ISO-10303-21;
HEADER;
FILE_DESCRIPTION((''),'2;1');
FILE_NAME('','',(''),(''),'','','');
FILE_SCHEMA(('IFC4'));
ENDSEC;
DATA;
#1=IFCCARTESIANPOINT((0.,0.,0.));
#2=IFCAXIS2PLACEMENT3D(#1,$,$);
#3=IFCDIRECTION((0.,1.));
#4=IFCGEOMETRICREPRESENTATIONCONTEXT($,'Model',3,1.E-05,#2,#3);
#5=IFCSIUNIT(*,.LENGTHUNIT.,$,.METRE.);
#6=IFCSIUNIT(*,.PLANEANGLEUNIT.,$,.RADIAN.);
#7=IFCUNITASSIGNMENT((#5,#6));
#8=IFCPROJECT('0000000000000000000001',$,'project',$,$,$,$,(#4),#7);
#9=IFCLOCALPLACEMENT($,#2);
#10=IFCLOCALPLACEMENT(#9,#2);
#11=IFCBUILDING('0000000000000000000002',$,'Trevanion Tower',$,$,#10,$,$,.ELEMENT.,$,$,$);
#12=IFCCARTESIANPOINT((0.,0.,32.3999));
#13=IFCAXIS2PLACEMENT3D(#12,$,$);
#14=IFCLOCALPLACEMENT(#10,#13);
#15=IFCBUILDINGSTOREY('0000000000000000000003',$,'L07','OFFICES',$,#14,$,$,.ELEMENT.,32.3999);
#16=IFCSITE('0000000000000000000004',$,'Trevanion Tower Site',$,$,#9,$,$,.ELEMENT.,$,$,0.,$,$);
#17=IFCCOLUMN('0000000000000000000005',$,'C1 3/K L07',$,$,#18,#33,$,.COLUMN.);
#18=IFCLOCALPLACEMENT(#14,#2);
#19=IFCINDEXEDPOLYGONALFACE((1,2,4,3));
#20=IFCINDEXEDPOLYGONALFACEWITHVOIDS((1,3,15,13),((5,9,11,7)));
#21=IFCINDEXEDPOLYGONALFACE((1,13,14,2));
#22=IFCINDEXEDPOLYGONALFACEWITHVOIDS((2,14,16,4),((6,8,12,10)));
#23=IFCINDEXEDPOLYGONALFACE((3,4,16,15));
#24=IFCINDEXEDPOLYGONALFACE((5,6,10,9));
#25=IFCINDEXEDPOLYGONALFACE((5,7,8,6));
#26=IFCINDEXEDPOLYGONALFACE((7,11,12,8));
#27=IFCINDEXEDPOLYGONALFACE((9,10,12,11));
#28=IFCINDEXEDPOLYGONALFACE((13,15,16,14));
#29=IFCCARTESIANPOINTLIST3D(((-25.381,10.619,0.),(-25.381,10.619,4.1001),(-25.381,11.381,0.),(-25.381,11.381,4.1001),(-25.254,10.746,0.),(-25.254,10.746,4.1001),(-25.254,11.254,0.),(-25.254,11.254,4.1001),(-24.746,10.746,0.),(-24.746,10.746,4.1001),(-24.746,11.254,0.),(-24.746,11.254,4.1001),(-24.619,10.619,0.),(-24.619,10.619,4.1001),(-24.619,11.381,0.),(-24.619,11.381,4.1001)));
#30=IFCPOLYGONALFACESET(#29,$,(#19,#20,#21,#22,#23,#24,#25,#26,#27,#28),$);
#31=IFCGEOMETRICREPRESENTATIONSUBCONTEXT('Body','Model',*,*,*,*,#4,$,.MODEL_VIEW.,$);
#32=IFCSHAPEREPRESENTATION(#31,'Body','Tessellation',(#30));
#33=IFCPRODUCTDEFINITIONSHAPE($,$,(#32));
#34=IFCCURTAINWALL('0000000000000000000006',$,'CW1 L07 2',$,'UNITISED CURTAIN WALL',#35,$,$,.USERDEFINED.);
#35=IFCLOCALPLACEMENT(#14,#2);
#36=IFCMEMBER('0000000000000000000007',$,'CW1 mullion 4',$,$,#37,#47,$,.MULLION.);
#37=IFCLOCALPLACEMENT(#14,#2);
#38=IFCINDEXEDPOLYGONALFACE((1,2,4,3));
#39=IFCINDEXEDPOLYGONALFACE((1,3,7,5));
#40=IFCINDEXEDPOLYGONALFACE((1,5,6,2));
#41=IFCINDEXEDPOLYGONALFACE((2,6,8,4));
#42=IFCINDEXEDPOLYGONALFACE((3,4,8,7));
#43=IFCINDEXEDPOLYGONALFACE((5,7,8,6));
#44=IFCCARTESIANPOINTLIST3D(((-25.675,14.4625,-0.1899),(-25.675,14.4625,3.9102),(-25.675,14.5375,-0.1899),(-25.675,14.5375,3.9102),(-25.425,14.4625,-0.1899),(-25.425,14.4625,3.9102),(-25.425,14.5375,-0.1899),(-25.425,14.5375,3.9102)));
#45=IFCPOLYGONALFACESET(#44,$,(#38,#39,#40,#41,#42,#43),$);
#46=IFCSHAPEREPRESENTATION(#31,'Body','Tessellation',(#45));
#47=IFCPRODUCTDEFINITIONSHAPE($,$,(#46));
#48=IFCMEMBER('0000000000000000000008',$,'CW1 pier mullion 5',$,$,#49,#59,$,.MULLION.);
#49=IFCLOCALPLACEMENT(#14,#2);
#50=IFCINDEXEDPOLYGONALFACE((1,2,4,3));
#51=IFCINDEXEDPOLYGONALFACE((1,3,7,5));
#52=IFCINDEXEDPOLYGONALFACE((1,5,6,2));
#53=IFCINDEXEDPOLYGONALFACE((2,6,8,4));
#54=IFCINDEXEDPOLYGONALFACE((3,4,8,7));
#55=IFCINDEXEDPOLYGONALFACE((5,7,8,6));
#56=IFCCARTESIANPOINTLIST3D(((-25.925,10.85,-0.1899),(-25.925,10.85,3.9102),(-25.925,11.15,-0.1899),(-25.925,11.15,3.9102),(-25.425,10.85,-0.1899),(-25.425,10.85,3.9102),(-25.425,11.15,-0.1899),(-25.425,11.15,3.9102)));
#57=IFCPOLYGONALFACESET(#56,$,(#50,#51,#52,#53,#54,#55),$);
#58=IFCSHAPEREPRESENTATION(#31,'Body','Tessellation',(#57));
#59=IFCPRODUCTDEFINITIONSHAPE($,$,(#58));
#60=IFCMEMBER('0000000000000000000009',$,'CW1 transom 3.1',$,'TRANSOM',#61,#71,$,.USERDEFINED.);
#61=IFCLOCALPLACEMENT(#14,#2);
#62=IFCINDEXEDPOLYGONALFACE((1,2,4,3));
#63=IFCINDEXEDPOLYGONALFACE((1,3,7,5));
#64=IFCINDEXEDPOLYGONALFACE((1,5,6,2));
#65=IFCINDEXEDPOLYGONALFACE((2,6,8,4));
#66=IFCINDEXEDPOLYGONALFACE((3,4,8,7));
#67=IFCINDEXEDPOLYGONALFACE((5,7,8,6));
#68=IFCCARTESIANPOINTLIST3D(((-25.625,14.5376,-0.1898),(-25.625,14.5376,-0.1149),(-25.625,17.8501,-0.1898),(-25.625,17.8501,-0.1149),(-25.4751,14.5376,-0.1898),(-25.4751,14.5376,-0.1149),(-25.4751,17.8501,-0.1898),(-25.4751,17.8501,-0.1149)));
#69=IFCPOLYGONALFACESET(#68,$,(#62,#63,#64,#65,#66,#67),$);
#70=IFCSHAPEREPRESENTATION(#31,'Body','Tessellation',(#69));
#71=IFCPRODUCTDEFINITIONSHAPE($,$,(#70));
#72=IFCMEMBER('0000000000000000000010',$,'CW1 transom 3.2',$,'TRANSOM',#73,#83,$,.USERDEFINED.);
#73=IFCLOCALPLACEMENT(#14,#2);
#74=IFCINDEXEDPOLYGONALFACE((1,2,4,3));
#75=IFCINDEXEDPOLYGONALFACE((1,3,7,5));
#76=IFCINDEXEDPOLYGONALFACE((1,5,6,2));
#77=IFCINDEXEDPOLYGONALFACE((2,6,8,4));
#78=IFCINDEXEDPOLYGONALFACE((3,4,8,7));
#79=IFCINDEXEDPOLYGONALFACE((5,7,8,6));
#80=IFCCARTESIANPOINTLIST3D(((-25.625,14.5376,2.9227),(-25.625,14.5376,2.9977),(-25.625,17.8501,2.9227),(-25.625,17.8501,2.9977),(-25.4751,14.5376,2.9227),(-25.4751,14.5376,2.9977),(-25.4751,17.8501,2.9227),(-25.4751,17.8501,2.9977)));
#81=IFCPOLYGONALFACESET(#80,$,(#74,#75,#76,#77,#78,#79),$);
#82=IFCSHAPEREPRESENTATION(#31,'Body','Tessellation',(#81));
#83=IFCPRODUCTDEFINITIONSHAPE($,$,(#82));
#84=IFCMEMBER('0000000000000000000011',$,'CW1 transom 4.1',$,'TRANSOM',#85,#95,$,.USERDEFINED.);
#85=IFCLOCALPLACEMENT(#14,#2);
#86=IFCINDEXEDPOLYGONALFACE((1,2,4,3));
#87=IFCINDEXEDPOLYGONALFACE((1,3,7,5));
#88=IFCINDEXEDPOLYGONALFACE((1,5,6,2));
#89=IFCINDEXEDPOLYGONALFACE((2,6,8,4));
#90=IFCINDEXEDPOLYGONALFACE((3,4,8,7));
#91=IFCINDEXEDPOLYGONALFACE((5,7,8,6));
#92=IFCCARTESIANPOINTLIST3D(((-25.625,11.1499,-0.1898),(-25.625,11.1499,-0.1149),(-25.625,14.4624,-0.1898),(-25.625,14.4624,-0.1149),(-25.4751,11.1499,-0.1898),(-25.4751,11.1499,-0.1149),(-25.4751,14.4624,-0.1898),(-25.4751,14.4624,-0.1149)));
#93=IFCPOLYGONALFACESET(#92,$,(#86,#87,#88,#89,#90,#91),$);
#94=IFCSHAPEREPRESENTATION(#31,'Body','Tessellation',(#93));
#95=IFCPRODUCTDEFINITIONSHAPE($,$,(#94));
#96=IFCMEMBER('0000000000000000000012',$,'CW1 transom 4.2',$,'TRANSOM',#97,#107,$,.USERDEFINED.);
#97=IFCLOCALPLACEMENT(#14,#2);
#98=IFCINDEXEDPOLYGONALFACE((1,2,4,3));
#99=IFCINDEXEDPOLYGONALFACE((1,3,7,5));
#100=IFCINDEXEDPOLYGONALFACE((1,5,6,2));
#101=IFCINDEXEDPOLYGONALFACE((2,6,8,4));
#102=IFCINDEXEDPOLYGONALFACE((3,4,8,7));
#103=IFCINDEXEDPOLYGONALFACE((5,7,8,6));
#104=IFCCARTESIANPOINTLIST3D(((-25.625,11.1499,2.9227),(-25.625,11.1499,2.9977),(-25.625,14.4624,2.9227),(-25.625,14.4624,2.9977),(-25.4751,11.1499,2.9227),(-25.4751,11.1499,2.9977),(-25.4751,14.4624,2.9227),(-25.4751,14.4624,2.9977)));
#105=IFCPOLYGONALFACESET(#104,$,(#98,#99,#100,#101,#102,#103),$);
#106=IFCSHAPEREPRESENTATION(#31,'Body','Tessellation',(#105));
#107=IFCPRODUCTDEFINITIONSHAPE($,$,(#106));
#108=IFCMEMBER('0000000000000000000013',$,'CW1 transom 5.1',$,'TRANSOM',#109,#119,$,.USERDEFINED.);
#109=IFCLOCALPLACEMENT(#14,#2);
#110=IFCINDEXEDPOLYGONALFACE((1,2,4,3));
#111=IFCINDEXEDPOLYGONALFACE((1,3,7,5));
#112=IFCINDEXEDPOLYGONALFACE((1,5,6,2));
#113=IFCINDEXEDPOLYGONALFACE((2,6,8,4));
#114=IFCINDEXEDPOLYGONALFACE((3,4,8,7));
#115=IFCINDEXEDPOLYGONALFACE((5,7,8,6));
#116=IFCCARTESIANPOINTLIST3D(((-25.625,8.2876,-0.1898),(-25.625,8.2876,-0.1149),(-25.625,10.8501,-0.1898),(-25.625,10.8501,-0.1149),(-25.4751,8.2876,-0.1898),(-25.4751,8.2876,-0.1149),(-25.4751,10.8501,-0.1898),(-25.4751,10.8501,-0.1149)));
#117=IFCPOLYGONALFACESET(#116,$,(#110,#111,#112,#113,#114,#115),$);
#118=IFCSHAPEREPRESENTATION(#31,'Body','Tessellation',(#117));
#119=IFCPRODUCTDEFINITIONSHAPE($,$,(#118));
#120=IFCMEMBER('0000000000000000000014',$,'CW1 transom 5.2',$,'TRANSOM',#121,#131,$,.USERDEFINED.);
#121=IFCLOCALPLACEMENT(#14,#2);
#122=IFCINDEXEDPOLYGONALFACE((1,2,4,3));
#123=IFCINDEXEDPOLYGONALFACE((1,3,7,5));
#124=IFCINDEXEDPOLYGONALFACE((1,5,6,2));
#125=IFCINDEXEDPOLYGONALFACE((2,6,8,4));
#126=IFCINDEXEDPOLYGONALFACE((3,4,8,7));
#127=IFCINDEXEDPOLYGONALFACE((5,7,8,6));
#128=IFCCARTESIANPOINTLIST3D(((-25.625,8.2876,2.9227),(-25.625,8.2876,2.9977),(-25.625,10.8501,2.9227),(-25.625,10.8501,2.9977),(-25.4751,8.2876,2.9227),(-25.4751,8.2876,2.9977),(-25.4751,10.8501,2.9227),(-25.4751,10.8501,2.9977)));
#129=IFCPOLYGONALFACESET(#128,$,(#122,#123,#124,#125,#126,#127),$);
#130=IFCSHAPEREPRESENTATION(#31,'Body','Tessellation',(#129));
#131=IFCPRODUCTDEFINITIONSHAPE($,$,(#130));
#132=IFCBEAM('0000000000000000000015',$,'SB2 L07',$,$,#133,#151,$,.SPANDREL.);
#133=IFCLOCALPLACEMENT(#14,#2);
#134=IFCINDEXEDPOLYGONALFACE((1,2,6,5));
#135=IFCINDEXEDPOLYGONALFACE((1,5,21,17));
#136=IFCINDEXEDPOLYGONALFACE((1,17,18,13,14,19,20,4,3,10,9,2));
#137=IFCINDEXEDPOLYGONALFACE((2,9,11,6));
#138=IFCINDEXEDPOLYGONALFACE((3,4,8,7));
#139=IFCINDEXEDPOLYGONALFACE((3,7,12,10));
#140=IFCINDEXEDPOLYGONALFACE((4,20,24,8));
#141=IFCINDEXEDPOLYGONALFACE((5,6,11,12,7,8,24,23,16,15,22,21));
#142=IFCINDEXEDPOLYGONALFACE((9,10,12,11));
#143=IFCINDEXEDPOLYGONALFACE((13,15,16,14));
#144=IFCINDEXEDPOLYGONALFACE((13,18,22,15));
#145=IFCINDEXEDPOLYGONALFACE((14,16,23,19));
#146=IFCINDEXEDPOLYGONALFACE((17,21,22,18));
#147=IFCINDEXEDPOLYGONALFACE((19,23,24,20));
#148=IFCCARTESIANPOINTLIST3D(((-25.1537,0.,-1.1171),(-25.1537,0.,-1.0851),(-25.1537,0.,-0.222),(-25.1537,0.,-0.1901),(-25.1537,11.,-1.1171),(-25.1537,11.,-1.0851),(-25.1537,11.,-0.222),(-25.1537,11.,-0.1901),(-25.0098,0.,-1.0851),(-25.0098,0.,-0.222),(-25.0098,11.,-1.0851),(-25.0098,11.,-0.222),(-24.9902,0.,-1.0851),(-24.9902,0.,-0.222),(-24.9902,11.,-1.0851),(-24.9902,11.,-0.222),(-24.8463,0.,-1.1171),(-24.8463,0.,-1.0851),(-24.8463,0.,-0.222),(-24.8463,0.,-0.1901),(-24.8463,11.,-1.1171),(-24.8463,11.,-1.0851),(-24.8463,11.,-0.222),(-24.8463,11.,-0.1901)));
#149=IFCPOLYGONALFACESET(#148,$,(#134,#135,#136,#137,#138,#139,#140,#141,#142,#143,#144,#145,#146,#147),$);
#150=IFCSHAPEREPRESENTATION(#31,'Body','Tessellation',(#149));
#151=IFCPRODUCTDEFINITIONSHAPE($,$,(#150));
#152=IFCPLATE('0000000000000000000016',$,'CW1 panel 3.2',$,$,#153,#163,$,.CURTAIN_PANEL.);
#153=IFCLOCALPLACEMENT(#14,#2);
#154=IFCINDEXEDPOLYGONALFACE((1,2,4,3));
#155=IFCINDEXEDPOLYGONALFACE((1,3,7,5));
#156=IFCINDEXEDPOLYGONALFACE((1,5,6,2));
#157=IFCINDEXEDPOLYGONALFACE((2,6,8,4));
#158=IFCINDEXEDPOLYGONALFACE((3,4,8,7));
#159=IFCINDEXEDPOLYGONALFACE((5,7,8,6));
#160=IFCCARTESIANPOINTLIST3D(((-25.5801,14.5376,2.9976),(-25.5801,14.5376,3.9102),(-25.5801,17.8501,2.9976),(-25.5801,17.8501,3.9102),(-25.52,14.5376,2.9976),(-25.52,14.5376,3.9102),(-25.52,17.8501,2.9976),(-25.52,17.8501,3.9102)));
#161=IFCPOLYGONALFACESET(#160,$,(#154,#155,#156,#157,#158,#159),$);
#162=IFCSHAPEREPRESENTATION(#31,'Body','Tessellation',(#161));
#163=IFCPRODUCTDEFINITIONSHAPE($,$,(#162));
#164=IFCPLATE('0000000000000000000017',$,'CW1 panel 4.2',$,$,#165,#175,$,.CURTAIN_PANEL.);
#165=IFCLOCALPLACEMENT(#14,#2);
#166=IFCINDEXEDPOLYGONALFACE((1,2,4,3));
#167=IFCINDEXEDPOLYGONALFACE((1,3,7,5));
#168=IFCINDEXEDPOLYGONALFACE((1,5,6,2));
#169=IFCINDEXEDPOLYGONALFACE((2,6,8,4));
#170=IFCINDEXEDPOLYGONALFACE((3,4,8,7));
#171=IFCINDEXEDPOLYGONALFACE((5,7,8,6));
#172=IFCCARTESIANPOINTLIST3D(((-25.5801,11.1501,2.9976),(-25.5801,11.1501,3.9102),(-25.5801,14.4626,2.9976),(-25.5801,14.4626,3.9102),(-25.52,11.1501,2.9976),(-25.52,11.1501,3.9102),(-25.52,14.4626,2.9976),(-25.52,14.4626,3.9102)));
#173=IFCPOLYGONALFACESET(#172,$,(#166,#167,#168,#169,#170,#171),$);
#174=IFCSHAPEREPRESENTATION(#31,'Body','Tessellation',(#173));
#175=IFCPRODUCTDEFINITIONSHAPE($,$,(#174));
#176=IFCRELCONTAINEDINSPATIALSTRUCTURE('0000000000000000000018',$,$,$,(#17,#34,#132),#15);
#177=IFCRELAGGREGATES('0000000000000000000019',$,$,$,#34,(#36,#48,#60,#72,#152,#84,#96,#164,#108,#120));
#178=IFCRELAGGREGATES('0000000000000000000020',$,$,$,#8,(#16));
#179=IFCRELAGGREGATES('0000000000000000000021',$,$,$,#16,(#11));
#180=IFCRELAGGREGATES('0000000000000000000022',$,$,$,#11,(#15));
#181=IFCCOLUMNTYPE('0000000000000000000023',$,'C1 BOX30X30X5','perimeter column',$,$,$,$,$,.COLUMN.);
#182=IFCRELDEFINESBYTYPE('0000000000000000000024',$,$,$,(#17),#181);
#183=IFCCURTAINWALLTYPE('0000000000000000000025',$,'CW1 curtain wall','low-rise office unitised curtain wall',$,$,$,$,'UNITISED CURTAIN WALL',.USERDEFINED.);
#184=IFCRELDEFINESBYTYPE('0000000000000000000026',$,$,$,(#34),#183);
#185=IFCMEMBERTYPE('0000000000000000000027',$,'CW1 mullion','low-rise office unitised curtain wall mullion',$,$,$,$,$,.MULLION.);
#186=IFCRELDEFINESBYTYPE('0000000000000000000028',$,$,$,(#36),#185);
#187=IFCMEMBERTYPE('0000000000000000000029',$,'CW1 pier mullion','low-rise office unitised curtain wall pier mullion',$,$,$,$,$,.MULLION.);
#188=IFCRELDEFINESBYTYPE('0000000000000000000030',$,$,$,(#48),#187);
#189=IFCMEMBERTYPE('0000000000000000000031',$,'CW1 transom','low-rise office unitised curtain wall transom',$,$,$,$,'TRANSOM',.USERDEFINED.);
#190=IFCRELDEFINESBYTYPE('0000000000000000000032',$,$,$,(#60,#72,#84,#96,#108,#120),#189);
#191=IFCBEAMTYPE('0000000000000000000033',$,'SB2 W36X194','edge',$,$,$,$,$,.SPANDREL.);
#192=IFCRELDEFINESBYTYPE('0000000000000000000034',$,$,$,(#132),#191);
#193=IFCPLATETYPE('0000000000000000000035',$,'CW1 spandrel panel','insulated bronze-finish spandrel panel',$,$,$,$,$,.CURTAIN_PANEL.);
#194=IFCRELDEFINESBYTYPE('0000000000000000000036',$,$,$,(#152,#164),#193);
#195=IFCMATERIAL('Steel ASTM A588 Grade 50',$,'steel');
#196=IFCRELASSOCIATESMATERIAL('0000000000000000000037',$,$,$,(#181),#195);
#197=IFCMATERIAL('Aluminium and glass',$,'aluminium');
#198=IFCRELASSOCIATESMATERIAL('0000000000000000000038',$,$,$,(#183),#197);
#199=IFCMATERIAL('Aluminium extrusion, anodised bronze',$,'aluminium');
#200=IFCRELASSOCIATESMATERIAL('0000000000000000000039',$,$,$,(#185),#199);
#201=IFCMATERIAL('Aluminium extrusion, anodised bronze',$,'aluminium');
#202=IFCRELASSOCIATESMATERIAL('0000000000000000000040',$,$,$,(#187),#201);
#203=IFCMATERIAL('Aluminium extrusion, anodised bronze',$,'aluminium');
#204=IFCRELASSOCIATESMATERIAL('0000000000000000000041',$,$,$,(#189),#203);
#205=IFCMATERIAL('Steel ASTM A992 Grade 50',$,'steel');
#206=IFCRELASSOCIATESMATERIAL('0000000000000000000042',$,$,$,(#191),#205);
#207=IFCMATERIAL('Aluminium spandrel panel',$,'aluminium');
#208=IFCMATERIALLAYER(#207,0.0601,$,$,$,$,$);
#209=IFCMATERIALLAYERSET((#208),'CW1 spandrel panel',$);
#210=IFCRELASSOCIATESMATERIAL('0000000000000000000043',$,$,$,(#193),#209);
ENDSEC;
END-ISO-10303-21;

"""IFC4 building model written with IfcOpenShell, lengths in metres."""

from ifc_helpers import new_model, si_unit, direction, frame, origin, origin_2d, place, context, subcontext, project, spatial, rectangle, hollow_rectangle, i_section, extrude, material, layer, layer_set, material_profile, profile_set, type_object, element, aggregate, save


model = new_model("IFC4")

# Units and contexts
model_context = context("Model", 3, precision=1e-05, world=origin(), true_north=direction((0.0, 1.0)))
body_context = subcontext(model_context, "Body", "Model", "MODEL_VIEW")
ifc_project = project(units=[si_unit("LENGTHUNIT", "METRE"), si_unit("PLANEANGLEUNIT", "RADIAN")], contexts=[model_context])

# Site, building, storey
site_placement = place(None, origin())
site = spatial("IfcSite", under=ifc_project, at=site_placement, Name="Trevanion Tower Site", CompositionType="ELEMENT", RefElevation=0.0)
building_placement = place(site_placement, origin())
building = spatial("IfcBuilding", under=site, at=building_placement, Name="Trevanion Tower", CompositionType="ELEMENT")
storey_placement = place(building_placement, frame((0.0, 0.0, 32.3999)))
storey = spatial("IfcBuildingStorey", under=building, at=storey_placement, Name="L07", Description="OFFICES", CompositionType="ELEMENT", Elevation=32.3999)

# Column
ifc_material_1 = material(Name="Steel ASTM A588 Grade 50", Category="steel")
ifc_material_profile_1 = material_profile(ifc_material_1, hollow_rectangle(XDim=0.762, YDim=0.762, WallThickness=0.127, at=origin_2d()), Name="BOX30X30X5")
ifc_profile_set_1 = profile_set([ifc_material_profile_1], Name="Steel ASTM A588 Grade 50")
column_type = type_object("IfcColumnType", Name="C1 BOX30X30X5", Description="perimeter column", PredefinedType="COLUMN", material=ifc_profile_set_1)
column_placement = place(storey_placement, frame((-25.0, 11.0, 0.0), z_axis=(0.0, 0.0, 1.0), x_axis=(0.0, 1.0, 0.0)))
element("IfcColumn", 1, at=column_placement, inside=storey, type_object=column_type, Name="C1 3/K L07", PredefinedType="COLUMN", context=body_context, shape_type="SweptSolid", body=[
    extrude(hollow_rectangle(XDim=0.762, YDim=0.762, WallThickness=0.127, at=origin_2d()), origin(), (0.0, 0.0, 1.0), 4.1001),
])

# Curtain wall, members
ifc_material_2 = material(Name="Aluminium and glass", Category="aluminium")
curtain_wall_type = type_object("IfcCurtainWallType", Name="CW1 curtain wall", Description="low-rise office unitised curtain wall", ElementType="UNITISED CURTAIN WALL", PredefinedType="USERDEFINED", material=ifc_material_2)
curtain_wall_placement = place(storey_placement, origin())
curtain_wall = element("IfcCurtainWall", 2, at=curtain_wall_placement, inside=storey, type_object=curtain_wall_type, Name="CW1 L07 2", ObjectType="UNITISED CURTAIN WALL", PredefinedType="USERDEFINED")
ifc_material_3 = material(Name="Aluminium extrusion, anodised bronze", Category="aluminium")
ifc_material_profile_2 = material_profile(ifc_material_3, rectangle(XDim=0.075, YDim=0.25, at=origin_2d()), Name="CW1 mullion")
ifc_profile_set_2 = profile_set([ifc_material_profile_2], Name="Aluminium extrusion, anodised bronze")
member_type_1 = type_object("IfcMemberType", Name="CW1 mullion", Description="low-rise office unitised curtain wall mullion", PredefinedType="MULLION", material=ifc_profile_set_2)
member_1_placement = place(storey_placement, frame((-25.55, 14.5, -0.1899), z_axis=(0.0, 0.0, 1.0), x_axis=(0.0, -1.0, 0.0)))
member_1 = element("IfcMember", 3, at=member_1_placement, type_object=member_type_1, Name="CW1 mullion 4", PredefinedType="MULLION", context=body_context, shape_type="SweptSolid", body=[
    extrude(rectangle(XDim=0.075, YDim=0.25, at=origin_2d()), origin(), (0.0, 0.0, 1.0), 4.1001),
])
ifc_material_4 = material(Name="Aluminium extrusion, anodised bronze", Category="aluminium")
ifc_material_profile_3 = material_profile(ifc_material_4, rectangle(XDim=0.3, YDim=0.5, at=origin_2d()), Name="CW1 pier mullion")
ifc_profile_set_3 = profile_set([ifc_material_profile_3], Name="Aluminium extrusion, anodised bronze")
member_type_2 = type_object("IfcMemberType", Name="CW1 pier mullion", Description="low-rise office unitised curtain wall pier mullion", PredefinedType="MULLION", material=ifc_profile_set_3)
member_2_placement = place(storey_placement, frame((-25.675, 11.0, -0.1899), z_axis=(0.0, 0.0, 1.0), x_axis=(0.0, -1.0, 0.0)))
member_2 = element("IfcMember", 4, at=member_2_placement, type_object=member_type_2, Name="CW1 pier mullion 5", PredefinedType="MULLION", context=body_context, shape_type="SweptSolid", body=[
    extrude(rectangle(XDim=0.3, YDim=0.5, at=origin_2d()), origin(), (0.0, 0.0, 1.0), 4.1001),
])
ifc_material_5 = material(Name="Aluminium extrusion, anodised bronze", Category="aluminium")
ifc_material_profile_4 = material_profile(ifc_material_5, rectangle(XDim=0.1499, YDim=0.075, at=origin_2d()), Name="CW1 transom")
ifc_profile_set_4 = profile_set([ifc_material_profile_4], Name="Aluminium extrusion, anodised bronze")
member_type_3 = type_object("IfcMemberType", Name="CW1 transom", Description="low-rise office unitised curtain wall transom", ElementType="TRANSOM", PredefinedType="USERDEFINED", material=ifc_profile_set_4)
member_3_placement = place(storey_placement, frame((-25.55, 17.8501, -0.1523), z_axis=(0.0, -1.0, 0.0), x_axis=(1.0, 0.0, 0.0)))
member_3 = element("IfcMember", 5, at=member_3_placement, type_object=member_type_3, Name="CW1 transom 3.1", ObjectType="TRANSOM", PredefinedType="USERDEFINED", context=body_context, shape_type="SweptSolid", body=[
    extrude(rectangle(XDim=0.1499, YDim=0.075, at=origin_2d()), origin(), (0.0, 0.0, 1.0), 3.3125),
])
member_4_placement = place(storey_placement, frame((-25.55, 17.8501, 2.9602), z_axis=(0.0, -1.0, 0.0), x_axis=(1.0, 0.0, 0.0)))
member_4 = element("IfcMember", 6, at=member_4_placement, type_object=member_type_3, Name="CW1 transom 3.2", ObjectType="TRANSOM", PredefinedType="USERDEFINED", context=body_context, shape_type="SweptSolid", body=[
    extrude(rectangle(XDim=0.1499, YDim=0.075, at=origin_2d()), origin(), (0.0, 0.0, 1.0), 3.3125),
])
member_5_placement = place(storey_placement, frame((-25.55, 14.4624, -0.1523), z_axis=(0.0, -1.0, 0.0), x_axis=(1.0, 0.0, 0.0)))
member_5 = element("IfcMember", 7, at=member_5_placement, type_object=member_type_3, Name="CW1 transom 4.1", ObjectType="TRANSOM", PredefinedType="USERDEFINED", context=body_context, shape_type="SweptSolid", body=[
    extrude(rectangle(XDim=0.1499, YDim=0.075, at=origin_2d()), origin(), (0.0, 0.0, 1.0), 3.3125),
])
member_6_placement = place(storey_placement, frame((-25.55, 14.4624, 2.9602), z_axis=(0.0, -1.0, 0.0), x_axis=(1.0, 0.0, 0.0)))
member_6 = element("IfcMember", 8, at=member_6_placement, type_object=member_type_3, Name="CW1 transom 4.2", ObjectType="TRANSOM", PredefinedType="USERDEFINED", context=body_context, shape_type="SweptSolid", body=[
    extrude(rectangle(XDim=0.1499, YDim=0.075, at=origin_2d()), origin(), (0.0, 0.0, 1.0), 3.3125),
])
member_7_placement = place(storey_placement, frame((-25.55, 10.8501, -0.1523), z_axis=(0.0, -1.0, 0.0), x_axis=(1.0, 0.0, 0.0)))
member_7 = element("IfcMember", 9, at=member_7_placement, type_object=member_type_3, Name="CW1 transom 5.1", ObjectType="TRANSOM", PredefinedType="USERDEFINED", context=body_context, shape_type="SweptSolid", body=[
    extrude(rectangle(XDim=0.1499, YDim=0.075, at=origin_2d()), origin(), (0.0, 0.0, 1.0), 2.5625),
])
member_8_placement = place(storey_placement, frame((-25.55, 10.8501, 2.9602), z_axis=(0.0, -1.0, 0.0), x_axis=(1.0, 0.0, 0.0)))
member_8 = element("IfcMember", 10, at=member_8_placement, type_object=member_type_3, Name="CW1 transom 5.2", ObjectType="TRANSOM", PredefinedType="USERDEFINED", context=body_context, shape_type="SweptSolid", body=[
    extrude(rectangle(XDim=0.1499, YDim=0.075, at=origin_2d()), origin(), (0.0, 0.0, 1.0), 2.5625),
])

# Beam
ifc_material_6 = material(Name="Steel ASTM A992 Grade 50", Category="steel")
ifc_material_profile_5 = material_profile(ifc_material_6, i_section(OverallWidth=0.3074, OverallDepth=0.927, WebThickness=0.0195, FlangeThickness=0.032, at=origin_2d()), Name="W36X194")
ifc_profile_set_5 = profile_set([ifc_material_profile_5], Name="Steel ASTM A992 Grade 50")
beam_type = type_object("IfcBeamType", Name="SB2 W36X194", Description="edge", PredefinedType="SPANDREL", material=ifc_profile_set_5)
beam_placement = place(storey_placement, frame((-25.0, 11.0, -0.6536), z_axis=(0.0, -1.0, 0.0), x_axis=(1.0, 0.0, 0.0)))
element("IfcBeam", 11, at=beam_placement, inside=storey, type_object=beam_type, Name="SB2 L07", PredefinedType="SPANDREL", context=body_context, shape_type="SweptSolid", body=[
    extrude(i_section(OverallWidth=0.3074, OverallDepth=0.927, WebThickness=0.0195, FlangeThickness=0.032, at=origin_2d()), origin(), (0.0, 0.0, 1.0), 11.0),
])

# Plates
ifc_material_7 = material(Name="Aluminium spandrel panel", Category="aluminium")
ifc_layer_1 = layer(ifc_material_7, 0.0601)
ifc_layer_set_1 = layer_set([ifc_layer_1], Name="CW1 spandrel panel")
plate_type_1 = type_object("IfcPlateType", Name="CW1 spandrel panel", Description="insulated bronze-finish spandrel panel", PredefinedType="CURTAIN_PANEL", material=ifc_layer_set_1)
plate_1_placement = place(storey_placement, frame((-25.55, 16.1938, 2.9976), z_axis=(0.0, 0.0, 1.0), x_axis=(0.0, -1.0, 0.0)))
plate_1 = element("IfcPlate", 12, at=plate_1_placement, type_object=plate_type_1, Name="CW1 panel 3.2", PredefinedType="CURTAIN_PANEL", context=body_context, shape_type="SweptSolid", body=[
    extrude(rectangle(XDim=3.3125, YDim=0.0601, at=origin_2d()), origin(), (0.0, 0.0, 1.0), 0.9126),
])
plate_2_placement = place(storey_placement, frame((-25.55, 12.8064, 2.9976), z_axis=(0.0, 0.0, 1.0), x_axis=(0.0, -1.0, 0.0)))
plate_2 = element("IfcPlate", 13, at=plate_2_placement, type_object=plate_type_1, Name="CW1 panel 4.2", PredefinedType="CURTAIN_PANEL", context=body_context, shape_type="SweptSolid", body=[
    extrude(rectangle(XDim=3.3125, YDim=0.0601, at=origin_2d()), origin(), (0.0, 0.0, 1.0), 0.9126),
])
aggregate(curtain_wall, [member_1, member_2, member_3, member_4, plate_1, member_5, member_6, plate_2, member_7, member_8])

save(model, "model.ifc")
